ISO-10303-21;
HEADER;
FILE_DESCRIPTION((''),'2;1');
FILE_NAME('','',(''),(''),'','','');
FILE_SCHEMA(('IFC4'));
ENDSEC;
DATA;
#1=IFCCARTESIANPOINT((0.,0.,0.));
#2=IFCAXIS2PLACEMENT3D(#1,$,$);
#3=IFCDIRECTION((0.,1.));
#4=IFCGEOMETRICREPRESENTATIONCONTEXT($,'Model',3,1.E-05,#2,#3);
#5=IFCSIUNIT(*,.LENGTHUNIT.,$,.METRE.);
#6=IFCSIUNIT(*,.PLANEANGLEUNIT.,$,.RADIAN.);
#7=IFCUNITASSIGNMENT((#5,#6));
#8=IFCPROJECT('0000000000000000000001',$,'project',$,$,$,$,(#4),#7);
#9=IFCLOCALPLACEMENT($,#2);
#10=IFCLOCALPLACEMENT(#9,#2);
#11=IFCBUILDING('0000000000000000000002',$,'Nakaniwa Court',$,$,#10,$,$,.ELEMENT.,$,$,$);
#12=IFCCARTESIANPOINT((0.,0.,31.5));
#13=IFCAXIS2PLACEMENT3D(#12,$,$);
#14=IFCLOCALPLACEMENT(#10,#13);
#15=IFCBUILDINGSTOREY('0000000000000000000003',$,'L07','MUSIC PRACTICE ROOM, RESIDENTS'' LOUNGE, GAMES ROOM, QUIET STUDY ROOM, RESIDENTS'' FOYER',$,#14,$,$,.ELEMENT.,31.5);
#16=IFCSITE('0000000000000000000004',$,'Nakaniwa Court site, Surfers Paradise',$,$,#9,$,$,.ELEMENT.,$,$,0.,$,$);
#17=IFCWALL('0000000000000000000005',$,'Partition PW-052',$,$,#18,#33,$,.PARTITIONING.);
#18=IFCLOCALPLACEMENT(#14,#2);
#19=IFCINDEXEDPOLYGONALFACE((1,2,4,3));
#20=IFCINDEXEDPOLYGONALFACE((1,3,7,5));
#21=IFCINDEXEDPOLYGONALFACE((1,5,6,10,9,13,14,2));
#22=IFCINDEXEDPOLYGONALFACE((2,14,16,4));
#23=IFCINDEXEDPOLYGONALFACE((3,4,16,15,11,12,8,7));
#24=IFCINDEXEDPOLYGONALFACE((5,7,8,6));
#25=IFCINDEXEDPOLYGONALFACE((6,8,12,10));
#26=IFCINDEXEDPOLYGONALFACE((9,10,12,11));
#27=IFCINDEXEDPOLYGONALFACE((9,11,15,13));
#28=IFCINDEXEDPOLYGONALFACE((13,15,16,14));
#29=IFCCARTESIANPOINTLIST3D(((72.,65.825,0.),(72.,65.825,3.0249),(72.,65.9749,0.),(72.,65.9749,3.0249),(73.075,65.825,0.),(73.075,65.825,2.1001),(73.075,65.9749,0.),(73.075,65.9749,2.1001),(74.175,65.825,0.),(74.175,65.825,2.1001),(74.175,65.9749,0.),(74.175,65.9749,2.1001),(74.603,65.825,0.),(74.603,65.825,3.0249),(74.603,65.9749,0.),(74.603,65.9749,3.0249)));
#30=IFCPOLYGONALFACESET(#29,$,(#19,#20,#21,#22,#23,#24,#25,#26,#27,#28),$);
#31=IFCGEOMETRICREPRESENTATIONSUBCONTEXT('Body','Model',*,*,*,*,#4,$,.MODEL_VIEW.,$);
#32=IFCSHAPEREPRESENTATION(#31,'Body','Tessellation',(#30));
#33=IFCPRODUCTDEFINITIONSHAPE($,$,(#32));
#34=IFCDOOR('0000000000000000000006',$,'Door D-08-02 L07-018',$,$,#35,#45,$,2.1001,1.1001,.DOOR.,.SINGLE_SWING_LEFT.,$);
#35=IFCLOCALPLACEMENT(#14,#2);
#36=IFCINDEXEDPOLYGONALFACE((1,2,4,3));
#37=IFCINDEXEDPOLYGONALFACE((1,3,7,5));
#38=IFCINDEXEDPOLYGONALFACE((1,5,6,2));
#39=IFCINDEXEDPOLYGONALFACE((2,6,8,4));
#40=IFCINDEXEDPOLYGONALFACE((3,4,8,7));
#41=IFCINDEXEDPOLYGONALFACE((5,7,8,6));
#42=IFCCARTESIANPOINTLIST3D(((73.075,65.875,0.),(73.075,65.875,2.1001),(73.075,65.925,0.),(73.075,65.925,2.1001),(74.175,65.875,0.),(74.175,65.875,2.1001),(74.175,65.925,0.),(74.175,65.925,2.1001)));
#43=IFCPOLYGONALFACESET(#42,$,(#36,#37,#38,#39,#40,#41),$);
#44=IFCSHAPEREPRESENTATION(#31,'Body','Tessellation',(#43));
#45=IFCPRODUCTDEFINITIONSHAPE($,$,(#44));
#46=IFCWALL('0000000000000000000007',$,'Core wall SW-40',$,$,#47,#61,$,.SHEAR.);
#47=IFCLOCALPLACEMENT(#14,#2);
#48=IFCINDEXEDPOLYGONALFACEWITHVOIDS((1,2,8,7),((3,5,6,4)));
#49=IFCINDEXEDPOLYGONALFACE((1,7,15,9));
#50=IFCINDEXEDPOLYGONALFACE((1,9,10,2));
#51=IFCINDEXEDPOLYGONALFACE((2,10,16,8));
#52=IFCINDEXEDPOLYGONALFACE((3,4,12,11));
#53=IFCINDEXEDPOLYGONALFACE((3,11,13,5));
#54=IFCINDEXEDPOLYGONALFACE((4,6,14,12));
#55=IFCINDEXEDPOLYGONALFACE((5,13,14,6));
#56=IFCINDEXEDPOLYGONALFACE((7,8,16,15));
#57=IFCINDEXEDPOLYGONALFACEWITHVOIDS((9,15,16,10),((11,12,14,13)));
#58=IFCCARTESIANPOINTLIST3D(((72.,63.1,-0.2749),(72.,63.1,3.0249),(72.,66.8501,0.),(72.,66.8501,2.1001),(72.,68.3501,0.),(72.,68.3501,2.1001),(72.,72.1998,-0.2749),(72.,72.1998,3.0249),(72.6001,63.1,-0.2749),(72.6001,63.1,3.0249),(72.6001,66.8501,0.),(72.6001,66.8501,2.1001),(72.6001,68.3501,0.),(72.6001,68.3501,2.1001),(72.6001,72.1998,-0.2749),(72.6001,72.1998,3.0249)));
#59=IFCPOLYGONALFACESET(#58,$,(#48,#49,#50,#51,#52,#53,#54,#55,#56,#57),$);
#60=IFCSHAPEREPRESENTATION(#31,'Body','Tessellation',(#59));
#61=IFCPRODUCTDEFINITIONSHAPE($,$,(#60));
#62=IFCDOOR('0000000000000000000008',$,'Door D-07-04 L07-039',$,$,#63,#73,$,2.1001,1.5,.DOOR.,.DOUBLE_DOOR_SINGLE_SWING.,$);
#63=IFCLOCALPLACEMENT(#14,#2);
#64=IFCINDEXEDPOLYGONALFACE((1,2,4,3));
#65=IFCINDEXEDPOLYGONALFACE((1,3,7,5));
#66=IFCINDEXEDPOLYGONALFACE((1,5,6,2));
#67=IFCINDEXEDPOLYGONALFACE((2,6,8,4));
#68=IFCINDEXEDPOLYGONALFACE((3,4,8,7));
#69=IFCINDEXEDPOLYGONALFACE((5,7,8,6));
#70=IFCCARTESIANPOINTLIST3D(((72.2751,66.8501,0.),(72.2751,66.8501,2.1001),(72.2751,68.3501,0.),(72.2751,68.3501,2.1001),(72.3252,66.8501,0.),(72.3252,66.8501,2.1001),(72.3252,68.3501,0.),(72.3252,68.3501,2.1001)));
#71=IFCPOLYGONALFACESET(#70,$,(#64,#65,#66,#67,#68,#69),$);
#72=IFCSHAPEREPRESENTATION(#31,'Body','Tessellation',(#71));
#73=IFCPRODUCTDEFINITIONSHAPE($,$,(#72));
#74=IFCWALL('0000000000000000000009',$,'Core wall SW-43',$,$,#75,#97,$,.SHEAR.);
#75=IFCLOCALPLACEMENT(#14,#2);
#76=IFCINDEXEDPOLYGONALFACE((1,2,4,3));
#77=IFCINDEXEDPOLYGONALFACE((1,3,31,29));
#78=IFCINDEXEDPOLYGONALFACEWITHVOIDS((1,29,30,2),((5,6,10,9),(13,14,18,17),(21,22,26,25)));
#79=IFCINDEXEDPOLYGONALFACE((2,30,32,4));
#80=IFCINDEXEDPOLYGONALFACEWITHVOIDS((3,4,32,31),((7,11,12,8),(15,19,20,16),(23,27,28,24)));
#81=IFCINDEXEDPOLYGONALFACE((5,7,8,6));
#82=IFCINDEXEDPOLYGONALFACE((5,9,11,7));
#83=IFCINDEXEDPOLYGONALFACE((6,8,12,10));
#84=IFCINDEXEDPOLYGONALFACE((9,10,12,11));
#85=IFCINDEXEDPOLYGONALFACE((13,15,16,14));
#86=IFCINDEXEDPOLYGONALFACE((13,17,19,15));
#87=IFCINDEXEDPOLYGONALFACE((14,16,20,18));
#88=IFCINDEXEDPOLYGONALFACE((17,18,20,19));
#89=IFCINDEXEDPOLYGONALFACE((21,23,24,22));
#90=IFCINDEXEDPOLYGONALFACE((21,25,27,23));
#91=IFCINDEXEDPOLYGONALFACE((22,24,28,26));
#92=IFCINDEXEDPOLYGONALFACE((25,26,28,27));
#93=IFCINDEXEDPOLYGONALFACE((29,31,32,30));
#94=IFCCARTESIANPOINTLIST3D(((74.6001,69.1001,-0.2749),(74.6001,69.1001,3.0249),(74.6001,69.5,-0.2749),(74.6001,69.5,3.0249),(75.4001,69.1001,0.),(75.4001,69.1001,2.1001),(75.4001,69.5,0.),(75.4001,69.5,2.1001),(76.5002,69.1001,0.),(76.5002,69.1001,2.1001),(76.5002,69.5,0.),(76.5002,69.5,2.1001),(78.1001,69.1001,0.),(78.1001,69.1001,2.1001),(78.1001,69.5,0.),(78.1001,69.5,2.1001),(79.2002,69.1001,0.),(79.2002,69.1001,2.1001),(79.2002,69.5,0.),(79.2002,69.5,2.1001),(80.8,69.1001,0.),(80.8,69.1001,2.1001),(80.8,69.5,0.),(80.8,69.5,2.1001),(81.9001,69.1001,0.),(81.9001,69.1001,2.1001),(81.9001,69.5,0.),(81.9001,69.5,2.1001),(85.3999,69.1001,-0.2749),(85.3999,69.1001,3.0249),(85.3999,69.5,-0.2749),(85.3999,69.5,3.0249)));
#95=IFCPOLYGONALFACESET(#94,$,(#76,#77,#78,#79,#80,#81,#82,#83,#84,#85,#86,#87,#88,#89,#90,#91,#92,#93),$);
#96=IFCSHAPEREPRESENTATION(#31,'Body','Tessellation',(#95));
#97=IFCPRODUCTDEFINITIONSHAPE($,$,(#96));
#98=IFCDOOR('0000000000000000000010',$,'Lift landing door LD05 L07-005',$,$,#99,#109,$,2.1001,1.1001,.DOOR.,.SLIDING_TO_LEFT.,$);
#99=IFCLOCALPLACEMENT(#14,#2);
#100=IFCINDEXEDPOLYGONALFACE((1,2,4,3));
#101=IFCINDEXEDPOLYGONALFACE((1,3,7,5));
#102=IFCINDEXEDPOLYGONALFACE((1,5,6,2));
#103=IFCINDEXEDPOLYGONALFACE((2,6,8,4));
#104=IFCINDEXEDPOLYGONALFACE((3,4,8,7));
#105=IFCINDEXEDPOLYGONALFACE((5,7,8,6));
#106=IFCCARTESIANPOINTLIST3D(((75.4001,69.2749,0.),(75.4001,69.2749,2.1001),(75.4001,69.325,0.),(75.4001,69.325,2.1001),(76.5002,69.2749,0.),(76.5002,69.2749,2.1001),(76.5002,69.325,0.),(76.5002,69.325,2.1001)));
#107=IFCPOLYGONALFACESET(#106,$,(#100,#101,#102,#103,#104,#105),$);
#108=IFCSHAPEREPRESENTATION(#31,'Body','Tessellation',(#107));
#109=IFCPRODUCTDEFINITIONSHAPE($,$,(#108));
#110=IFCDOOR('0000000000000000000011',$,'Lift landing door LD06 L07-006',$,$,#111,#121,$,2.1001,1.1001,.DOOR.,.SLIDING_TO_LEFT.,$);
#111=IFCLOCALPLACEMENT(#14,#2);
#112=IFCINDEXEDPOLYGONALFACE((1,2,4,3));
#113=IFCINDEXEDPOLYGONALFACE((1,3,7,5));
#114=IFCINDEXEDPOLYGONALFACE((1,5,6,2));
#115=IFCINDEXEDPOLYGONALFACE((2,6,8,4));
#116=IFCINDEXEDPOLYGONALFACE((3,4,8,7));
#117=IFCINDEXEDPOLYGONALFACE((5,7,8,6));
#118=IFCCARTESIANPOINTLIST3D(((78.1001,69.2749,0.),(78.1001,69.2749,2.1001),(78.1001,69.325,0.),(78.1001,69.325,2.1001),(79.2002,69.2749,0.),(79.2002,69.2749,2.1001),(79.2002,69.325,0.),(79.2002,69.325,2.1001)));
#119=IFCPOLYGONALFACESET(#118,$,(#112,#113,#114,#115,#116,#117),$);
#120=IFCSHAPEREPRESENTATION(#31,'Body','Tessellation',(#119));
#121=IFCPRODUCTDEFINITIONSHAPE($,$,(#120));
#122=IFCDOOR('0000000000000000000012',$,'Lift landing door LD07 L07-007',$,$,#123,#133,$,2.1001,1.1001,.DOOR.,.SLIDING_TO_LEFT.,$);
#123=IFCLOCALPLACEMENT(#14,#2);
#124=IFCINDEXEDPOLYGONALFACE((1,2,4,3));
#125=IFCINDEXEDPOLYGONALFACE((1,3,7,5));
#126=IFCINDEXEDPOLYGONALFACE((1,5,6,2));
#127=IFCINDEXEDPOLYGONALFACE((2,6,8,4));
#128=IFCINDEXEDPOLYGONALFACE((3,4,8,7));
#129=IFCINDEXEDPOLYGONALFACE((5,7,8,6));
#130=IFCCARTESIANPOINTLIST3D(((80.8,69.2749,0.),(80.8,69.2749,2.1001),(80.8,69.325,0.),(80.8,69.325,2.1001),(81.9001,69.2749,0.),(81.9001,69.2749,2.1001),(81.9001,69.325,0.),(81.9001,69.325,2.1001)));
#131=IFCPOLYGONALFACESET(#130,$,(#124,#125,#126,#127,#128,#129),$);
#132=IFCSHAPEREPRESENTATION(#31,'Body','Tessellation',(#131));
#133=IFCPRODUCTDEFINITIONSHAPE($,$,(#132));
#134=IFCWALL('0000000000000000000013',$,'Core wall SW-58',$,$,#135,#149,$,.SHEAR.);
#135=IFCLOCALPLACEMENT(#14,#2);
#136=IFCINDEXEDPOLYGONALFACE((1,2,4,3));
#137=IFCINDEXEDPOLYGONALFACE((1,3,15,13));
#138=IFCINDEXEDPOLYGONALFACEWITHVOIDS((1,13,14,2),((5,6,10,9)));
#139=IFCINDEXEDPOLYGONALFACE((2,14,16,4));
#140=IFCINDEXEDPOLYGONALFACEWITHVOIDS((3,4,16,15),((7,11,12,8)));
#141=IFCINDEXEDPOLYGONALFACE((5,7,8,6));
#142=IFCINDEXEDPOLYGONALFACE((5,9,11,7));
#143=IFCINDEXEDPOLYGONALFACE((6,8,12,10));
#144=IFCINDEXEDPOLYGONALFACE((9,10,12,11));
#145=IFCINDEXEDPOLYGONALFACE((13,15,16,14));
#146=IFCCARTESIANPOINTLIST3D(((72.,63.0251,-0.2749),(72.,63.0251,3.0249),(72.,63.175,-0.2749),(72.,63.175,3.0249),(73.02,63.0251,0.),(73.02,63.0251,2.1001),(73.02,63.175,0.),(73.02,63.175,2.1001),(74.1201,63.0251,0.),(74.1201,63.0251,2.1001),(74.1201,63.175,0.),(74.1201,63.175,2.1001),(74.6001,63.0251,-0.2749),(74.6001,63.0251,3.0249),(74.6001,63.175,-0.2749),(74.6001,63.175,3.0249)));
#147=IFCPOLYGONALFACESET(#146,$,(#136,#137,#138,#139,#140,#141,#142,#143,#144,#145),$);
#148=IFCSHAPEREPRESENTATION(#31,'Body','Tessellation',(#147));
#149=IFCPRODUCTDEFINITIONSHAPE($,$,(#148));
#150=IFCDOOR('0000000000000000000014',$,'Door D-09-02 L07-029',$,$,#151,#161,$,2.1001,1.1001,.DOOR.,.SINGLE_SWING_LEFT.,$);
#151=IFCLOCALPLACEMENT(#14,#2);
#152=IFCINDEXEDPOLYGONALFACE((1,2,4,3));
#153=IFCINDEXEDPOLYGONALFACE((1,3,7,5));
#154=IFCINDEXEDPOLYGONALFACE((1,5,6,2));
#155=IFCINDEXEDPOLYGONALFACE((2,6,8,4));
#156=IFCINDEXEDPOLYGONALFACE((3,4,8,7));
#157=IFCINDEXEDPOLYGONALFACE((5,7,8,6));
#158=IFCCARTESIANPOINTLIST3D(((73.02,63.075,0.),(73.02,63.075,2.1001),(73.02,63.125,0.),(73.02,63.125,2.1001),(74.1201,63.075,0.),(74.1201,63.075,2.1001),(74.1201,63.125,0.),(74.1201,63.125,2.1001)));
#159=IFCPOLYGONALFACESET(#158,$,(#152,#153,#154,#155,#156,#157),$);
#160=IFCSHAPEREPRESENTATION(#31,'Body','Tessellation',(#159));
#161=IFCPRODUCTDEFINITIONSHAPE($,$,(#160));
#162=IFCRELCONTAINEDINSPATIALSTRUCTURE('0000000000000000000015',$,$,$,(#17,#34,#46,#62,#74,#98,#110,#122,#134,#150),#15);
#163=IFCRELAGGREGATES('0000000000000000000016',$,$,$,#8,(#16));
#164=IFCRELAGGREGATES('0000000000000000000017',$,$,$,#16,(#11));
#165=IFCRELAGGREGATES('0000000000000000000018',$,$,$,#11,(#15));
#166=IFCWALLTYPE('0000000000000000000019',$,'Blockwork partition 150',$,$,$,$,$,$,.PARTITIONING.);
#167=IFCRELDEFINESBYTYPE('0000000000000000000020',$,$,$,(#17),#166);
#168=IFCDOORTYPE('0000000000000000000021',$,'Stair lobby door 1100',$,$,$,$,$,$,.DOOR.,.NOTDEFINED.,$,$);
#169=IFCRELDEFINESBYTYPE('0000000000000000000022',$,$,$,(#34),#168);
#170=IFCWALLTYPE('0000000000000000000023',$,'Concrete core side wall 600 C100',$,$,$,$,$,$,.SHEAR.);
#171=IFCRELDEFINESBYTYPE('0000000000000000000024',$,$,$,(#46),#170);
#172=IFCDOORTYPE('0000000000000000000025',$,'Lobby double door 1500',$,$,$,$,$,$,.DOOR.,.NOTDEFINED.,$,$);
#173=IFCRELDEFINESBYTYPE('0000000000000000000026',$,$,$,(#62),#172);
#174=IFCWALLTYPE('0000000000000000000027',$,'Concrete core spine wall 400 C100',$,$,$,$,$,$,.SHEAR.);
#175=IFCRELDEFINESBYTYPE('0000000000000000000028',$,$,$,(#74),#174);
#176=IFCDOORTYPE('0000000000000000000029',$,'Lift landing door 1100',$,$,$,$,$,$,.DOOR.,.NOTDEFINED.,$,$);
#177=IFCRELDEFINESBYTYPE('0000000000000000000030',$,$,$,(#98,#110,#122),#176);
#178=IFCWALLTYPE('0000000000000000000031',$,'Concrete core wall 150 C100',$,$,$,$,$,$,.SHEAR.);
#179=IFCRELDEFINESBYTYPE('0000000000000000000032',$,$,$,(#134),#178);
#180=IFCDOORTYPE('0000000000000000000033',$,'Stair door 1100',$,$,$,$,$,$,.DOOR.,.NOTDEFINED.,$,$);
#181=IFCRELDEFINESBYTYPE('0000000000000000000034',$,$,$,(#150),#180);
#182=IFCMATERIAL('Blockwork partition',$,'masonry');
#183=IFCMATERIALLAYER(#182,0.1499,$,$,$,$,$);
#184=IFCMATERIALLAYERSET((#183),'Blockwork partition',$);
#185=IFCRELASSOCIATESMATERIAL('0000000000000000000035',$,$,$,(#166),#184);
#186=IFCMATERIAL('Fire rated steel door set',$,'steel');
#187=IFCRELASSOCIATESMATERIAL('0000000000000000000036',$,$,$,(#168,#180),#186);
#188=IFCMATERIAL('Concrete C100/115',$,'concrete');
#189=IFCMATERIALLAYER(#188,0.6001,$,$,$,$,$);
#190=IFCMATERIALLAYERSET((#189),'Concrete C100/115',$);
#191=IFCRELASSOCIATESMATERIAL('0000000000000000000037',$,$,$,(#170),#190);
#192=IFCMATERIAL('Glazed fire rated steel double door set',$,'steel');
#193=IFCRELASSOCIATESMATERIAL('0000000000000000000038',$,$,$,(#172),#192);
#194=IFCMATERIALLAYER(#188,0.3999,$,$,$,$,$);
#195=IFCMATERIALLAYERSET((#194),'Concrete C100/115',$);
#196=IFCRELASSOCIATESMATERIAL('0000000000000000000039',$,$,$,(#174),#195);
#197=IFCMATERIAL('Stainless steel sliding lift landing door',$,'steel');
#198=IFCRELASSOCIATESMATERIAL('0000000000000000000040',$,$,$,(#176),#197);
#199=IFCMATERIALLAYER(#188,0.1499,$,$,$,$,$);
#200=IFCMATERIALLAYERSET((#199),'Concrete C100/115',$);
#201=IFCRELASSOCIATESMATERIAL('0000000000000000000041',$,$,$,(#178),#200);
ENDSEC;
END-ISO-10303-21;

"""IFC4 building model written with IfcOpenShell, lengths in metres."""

from ifc_helpers import new_model, si_unit, direction, frame, frame_2d, origin, place, context, subcontext, project, spatial, rectangle, extrude, material, layer, layer_set, type_object, element, fill, save


model = new_model("IFC4")

# Units and contexts
model_context = context("Model", 3, precision=1e-05, world=origin(), true_north=direction((0.0, 1.0)))
body_context = subcontext(model_context, "Body", "Model", "MODEL_VIEW")
ifc_project = project(units=[si_unit("LENGTHUNIT", "METRE"), si_unit("PLANEANGLEUNIT", "RADIAN")], contexts=[model_context])

# Site, building, storey
site_placement = place(None, origin())
site = spatial("IfcSite", under=ifc_project, at=site_placement, Name="Nakaniwa Court site, Surfers Paradise", CompositionType="ELEMENT", RefElevation=0.0)
building_placement = place(site_placement, origin())
building = spatial("IfcBuilding", under=site, at=building_placement, Name="Nakaniwa Court", CompositionType="ELEMENT")
storey_placement = place(building_placement, frame((0.0, 0.0, 31.5)))
storey = spatial("IfcBuildingStorey", under=building, at=storey_placement, Name="L07", Description="MUSIC PRACTICE ROOM, RESIDENTS' LOUNGE, GAMES ROOM, QUIET STUDY ROOM, RESIDENTS' FOYER", CompositionType="ELEMENT", Elevation=31.5)

# Shared definitions
ifc_material_1 = material(Name="Concrete C100/115", Category="concrete")

# Walls, openings, doors
ifc_material_2 = material(Name="Blockwork partition", Category="masonry")
ifc_layer_1 = layer(ifc_material_2, 0.1499)
ifc_layer_set_1 = layer_set([ifc_layer_1], Name="Blockwork partition")
wall_type_1 = type_object("IfcWallType", Name="Blockwork partition 150", PredefinedType="PARTITIONING", material=ifc_layer_set_1)
ifc_material_3 = material(Name="Fire rated steel door set", Category="steel")
wall_1_placement = place(storey_placement, frame((74.603, 65.8999, 0.0), z_axis=(0.0, 0.0, 1.0), x_axis=(-1.0, 0.0, 0.0)))
wall_1 = element("IfcWall", 1, at=wall_1_placement, inside=storey, type_object=wall_type_1, Name="Partition PW-052", PredefinedType="PARTITIONING", context=body_context, shape_type="SweptSolid", body=[
    extrude(rectangle(XDim=2.603, YDim=0.1499, at=frame_2d((1.3015, 0.0))), origin(), (0.0, 0.0, 1.0), 3.0249),
])
opening_1_placement = place(wall_1_placement, frame((0.428, 0.0, 0.0)))
opening_1 = element("IfcOpeningElement", 2, at=opening_1_placement, cuts=wall_1, PredefinedType="OPENING", context=body_context, shape_type="SweptSolid", body=[
    extrude(rectangle(XDim=1.1001, YDim=2.1001, at=frame_2d((0.55, 1.05))), frame((0.0, 0.085, 0.0), z_axis=(0.0, -1.0, 0.0), x_axis=(1.0, 0.0, 0.0)), (0.0, 0.0, 1.0), 0.1699),
])
door_type_1 = type_object("IfcDoorType", Name="Stair lobby door 1100", OperationType="NOTDEFINED", PredefinedType="DOOR", material=ifc_material_3)
door_1_placement = place(opening_1_placement, origin())
door_1 = element("IfcDoor", 3, at=door_1_placement, inside=storey, type_object=door_type_1, Name="Door D-08-02 L07-018", OperationType="SINGLE_SWING_LEFT", OverallHeight=2.1001, OverallWidth=1.1001, PredefinedType="DOOR", context=body_context, shape_type="SweptSolid", body=[
    extrude(rectangle(XDim=1.1001, YDim=2.1001, at=frame_2d((0.55, 1.05))), frame((0.0, 0.0249, 0.0), z_axis=(0.0, -1.0, 0.0), x_axis=(1.0, 0.0, 0.0)), (0.0, 0.0, 1.0), 0.05),
])
fill(opening_1, door_1)
ifc_layer_2 = layer(ifc_material_1, 0.6001)
ifc_layer_set_2 = layer_set([ifc_layer_2], Name="Concrete C100/115")
wall_type_2 = type_object("IfcWallType", Name="Concrete core side wall 600 C100", PredefinedType="SHEAR", material=ifc_layer_set_2)
wall_2_placement = place(storey_placement, frame((72.3, 63.1001, -0.2749), z_axis=(0.0, 0.0, 1.0), x_axis=(0.0, 1.0, 0.0)))
wall_2 = element("IfcWall", 4, at=wall_2_placement, inside=storey, type_object=wall_type_2, Name="Core wall SW-40", PredefinedType="SHEAR", context=body_context, shape_type="SweptSolid", body=[
    extrude(rectangle(XDim=9.0999, YDim=0.6001, at=frame_2d((4.5498, 0.0))), origin(), (0.0, 0.0, 1.0), 3.2998),
])
opening_2_placement = place(wall_2_placement, frame((3.75, 0.0, 0.2749)))
opening_2 = element("IfcOpeningElement", 5, at=opening_2_placement, cuts=wall_2, PredefinedType="OPENING", context=body_context, shape_type="SweptSolid", body=[
    extrude(rectangle(XDim=1.5, YDim=2.1001, at=frame_2d((0.75, 1.05))), frame((0.0, 0.3101, 0.0), z_axis=(0.0, -1.0, 0.0), x_axis=(1.0, 0.0, 0.0)), (0.0, 0.0, 1.0), 0.6201),
])
ifc_material_4 = material(Name="Glazed fire rated steel double door set", Category="steel")
door_type_2 = type_object("IfcDoorType", Name="Lobby double door 1500", OperationType="NOTDEFINED", PredefinedType="DOOR", material=ifc_material_4)
door_2_placement = place(opening_2_placement, origin())
door_2 = element("IfcDoor", 6, at=door_2_placement, inside=storey, type_object=door_type_2, Name="Door D-07-04 L07-039", OperationType="DOUBLE_DOOR_SINGLE_SWING", OverallHeight=2.1001, OverallWidth=1.5, PredefinedType="DOOR", context=body_context, shape_type="SweptSolid", body=[
    extrude(rectangle(XDim=1.5, YDim=2.1001, at=frame_2d((0.75, 1.05))), frame((0.0, 0.0249, 0.0), z_axis=(0.0, -1.0, 0.0), x_axis=(1.0, 0.0, 0.0)), (0.0, 0.0, 1.0), 0.05),
])
fill(opening_2, door_2)

# Wall, openings, doors
ifc_layer_3 = layer(ifc_material_1, 0.3999)
ifc_layer_set_3 = layer_set([ifc_layer_3], Name="Concrete C100/115")
wall_type_3 = type_object("IfcWallType", Name="Concrete core spine wall 400 C100", PredefinedType="SHEAR", material=ifc_layer_set_3)
wall_3_placement = place(storey_placement, frame((74.6001, 69.3, -0.2749), z_axis=(0.0, 0.0, 1.0), x_axis=(1.0, 0.0, 0.0)))
wall_3 = element("IfcWall", 7, at=wall_3_placement, inside=storey, type_object=wall_type_3, Name="Core wall SW-43", PredefinedType="SHEAR", context=body_context, shape_type="SweptSolid", body=[
    extrude(rectangle(XDim=10.7998, YDim=0.3999, at=frame_2d((5.3999, 0.0))), origin(), (0.0, 0.0, 1.0), 3.2998),
])
opening_3_placement = place(wall_3_placement, frame((0.8, 0.0, 0.2749)))
opening_3 = element("IfcOpeningElement", 8, at=opening_3_placement, cuts=wall_3, PredefinedType="OPENING", context=body_context, shape_type="SweptSolid", body=[
    extrude(rectangle(XDim=1.1001, YDim=2.1001, at=frame_2d((0.55, 1.05))), frame((0.0, 0.21, 0.0), z_axis=(0.0, -1.0, 0.0), x_axis=(1.0, 0.0, 0.0)), (0.0, 0.0, 1.0), 0.4199),
])
opening_4_placement = place(wall_3_placement, frame((3.5, 0.0, 0.2749)))
opening_4 = element("IfcOpeningElement", 9, at=opening_4_placement, cuts=wall_3, PredefinedType="OPENING", context=body_context, shape_type="SweptSolid", body=[
    extrude(rectangle(XDim=1.1001, YDim=2.1001, at=frame_2d((0.55, 1.05))), frame((0.0, 0.21, 0.0), z_axis=(0.0, -1.0, 0.0), x_axis=(1.0, 0.0, 0.0)), (0.0, 0.0, 1.0), 0.4199),
])
opening_5_placement = place(wall_3_placement, frame((6.2, 0.0, 0.2749)))
opening_5 = element("IfcOpeningElement", 10, at=opening_5_placement, cuts=wall_3, PredefinedType="OPENING", context=body_context, shape_type="SweptSolid", body=[
    extrude(rectangle(XDim=1.1001, YDim=2.1001, at=frame_2d((0.55, 1.05))), frame((0.0, 0.21, 0.0), z_axis=(0.0, -1.0, 0.0), x_axis=(1.0, 0.0, 0.0)), (0.0, 0.0, 1.0), 0.4199),
])
ifc_material_5 = material(Name="Stainless steel sliding lift landing door", Category="steel")
door_type_3 = type_object("IfcDoorType", Name="Lift landing door 1100", OperationType="NOTDEFINED", PredefinedType="DOOR", material=ifc_material_5)
door_3_placement = place(opening_3_placement, origin())
door_3 = element("IfcDoor", 11, at=door_3_placement, inside=storey, type_object=door_type_3, Name="Lift landing door LD05 L07-005", OperationType="SLIDING_TO_LEFT", OverallHeight=2.1001, OverallWidth=1.1001, PredefinedType="DOOR", context=body_context, shape_type="SweptSolid", body=[
    extrude(rectangle(XDim=1.1001, YDim=2.1001, at=frame_2d((0.55, 1.05))), frame((0.0, 0.0249, 0.0), z_axis=(0.0, -1.0, 0.0), x_axis=(1.0, 0.0, 0.0)), (0.0, 0.0, 1.0), 0.05),
])
fill(opening_3, door_3)
door_4_placement = place(opening_4_placement, origin())
door_4 = element("IfcDoor", 12, at=door_4_placement, inside=storey, type_object=door_type_3, Name="Lift landing door LD06 L07-006", OperationType="SLIDING_TO_LEFT", OverallHeight=2.1001, OverallWidth=1.1001, PredefinedType="DOOR", context=body_context, shape_type="SweptSolid", body=[
    extrude(rectangle(XDim=1.1001, YDim=2.1001, at=frame_2d((0.55, 1.05))), frame((0.0, 0.0249, 0.0), z_axis=(0.0, -1.0, 0.0), x_axis=(1.0, 0.0, 0.0)), (0.0, 0.0, 1.0), 0.05),
])
fill(opening_4, door_4)
door_5_placement = place(opening_5_placement, origin())
door_5 = element("IfcDoor", 13, at=door_5_placement, inside=storey, type_object=door_type_3, Name="Lift landing door LD07 L07-007", OperationType="SLIDING_TO_LEFT", OverallHeight=2.1001, OverallWidth=1.1001, PredefinedType="DOOR", context=body_context, shape_type="SweptSolid", body=[
    extrude(rectangle(XDim=1.1001, YDim=2.1001, at=frame_2d((0.55, 1.05))), frame((0.0, 0.0249, 0.0), z_axis=(0.0, -1.0, 0.0), x_axis=(1.0, 0.0, 0.0)), (0.0, 0.0, 1.0), 0.05),
])
fill(opening_5, door_5)

# Wall, opening, door
ifc_layer_4 = layer(ifc_material_1, 0.1499)
ifc_layer_set_4 = layer_set([ifc_layer_4], Name="Concrete C100/115")
wall_type_4 = type_object("IfcWallType", Name="Concrete core wall 150 C100", PredefinedType="SHEAR", material=ifc_layer_set_4)
wall_4_placement = place(storey_placement, frame((72.0, 63.1001, -0.2749), z_axis=(0.0, 0.0, 1.0), x_axis=(1.0, 0.0, 0.0)))
wall_4 = element("IfcWall", 14, at=wall_4_placement, inside=storey, type_object=wall_type_4, Name="Core wall SW-58", PredefinedType="SHEAR", context=body_context, shape_type="SweptSolid", body=[
    extrude(rectangle(XDim=2.6001, YDim=0.1499, at=frame_2d((1.3, 0.0))), origin(), (0.0, 0.0, 1.0), 3.2998),
])
opening_6_placement = place(wall_4_placement, frame((1.02, 0.0, 0.2749)))
opening_6 = element("IfcOpeningElement", 15, at=opening_6_placement, cuts=wall_4, PredefinedType="OPENING", context=body_context, shape_type="SweptSolid", body=[
    extrude(rectangle(XDim=1.1001, YDim=2.1001, at=frame_2d((0.55, 1.05))), frame((0.0, 0.085, 0.0), z_axis=(0.0, -1.0, 0.0), x_axis=(1.0, 0.0, 0.0)), (0.0, 0.0, 1.0), 0.1699),
])
door_type_4 = type_object("IfcDoorType", Name="Stair door 1100", OperationType="NOTDEFINED", PredefinedType="DOOR", material=ifc_material_3)
door_6_placement = place(opening_6_placement, origin())
door_6 = element("IfcDoor", 16, at=door_6_placement, inside=storey, type_object=door_type_4, Name="Door D-09-02 L07-029", OperationType="SINGLE_SWING_LEFT", OverallHeight=2.1001, OverallWidth=1.1001, PredefinedType="DOOR", context=body_context, shape_type="SweptSolid", body=[
    extrude(rectangle(XDim=1.1001, YDim=2.1001, at=frame_2d((0.55, 1.05))), frame((0.0, 0.0249, 0.0), z_axis=(0.0, -1.0, 0.0), x_axis=(1.0, 0.0, 0.0)), (0.0, 0.0, 1.0), 0.05),
])
fill(opening_6, door_6)

save(model, "model.ifc")
